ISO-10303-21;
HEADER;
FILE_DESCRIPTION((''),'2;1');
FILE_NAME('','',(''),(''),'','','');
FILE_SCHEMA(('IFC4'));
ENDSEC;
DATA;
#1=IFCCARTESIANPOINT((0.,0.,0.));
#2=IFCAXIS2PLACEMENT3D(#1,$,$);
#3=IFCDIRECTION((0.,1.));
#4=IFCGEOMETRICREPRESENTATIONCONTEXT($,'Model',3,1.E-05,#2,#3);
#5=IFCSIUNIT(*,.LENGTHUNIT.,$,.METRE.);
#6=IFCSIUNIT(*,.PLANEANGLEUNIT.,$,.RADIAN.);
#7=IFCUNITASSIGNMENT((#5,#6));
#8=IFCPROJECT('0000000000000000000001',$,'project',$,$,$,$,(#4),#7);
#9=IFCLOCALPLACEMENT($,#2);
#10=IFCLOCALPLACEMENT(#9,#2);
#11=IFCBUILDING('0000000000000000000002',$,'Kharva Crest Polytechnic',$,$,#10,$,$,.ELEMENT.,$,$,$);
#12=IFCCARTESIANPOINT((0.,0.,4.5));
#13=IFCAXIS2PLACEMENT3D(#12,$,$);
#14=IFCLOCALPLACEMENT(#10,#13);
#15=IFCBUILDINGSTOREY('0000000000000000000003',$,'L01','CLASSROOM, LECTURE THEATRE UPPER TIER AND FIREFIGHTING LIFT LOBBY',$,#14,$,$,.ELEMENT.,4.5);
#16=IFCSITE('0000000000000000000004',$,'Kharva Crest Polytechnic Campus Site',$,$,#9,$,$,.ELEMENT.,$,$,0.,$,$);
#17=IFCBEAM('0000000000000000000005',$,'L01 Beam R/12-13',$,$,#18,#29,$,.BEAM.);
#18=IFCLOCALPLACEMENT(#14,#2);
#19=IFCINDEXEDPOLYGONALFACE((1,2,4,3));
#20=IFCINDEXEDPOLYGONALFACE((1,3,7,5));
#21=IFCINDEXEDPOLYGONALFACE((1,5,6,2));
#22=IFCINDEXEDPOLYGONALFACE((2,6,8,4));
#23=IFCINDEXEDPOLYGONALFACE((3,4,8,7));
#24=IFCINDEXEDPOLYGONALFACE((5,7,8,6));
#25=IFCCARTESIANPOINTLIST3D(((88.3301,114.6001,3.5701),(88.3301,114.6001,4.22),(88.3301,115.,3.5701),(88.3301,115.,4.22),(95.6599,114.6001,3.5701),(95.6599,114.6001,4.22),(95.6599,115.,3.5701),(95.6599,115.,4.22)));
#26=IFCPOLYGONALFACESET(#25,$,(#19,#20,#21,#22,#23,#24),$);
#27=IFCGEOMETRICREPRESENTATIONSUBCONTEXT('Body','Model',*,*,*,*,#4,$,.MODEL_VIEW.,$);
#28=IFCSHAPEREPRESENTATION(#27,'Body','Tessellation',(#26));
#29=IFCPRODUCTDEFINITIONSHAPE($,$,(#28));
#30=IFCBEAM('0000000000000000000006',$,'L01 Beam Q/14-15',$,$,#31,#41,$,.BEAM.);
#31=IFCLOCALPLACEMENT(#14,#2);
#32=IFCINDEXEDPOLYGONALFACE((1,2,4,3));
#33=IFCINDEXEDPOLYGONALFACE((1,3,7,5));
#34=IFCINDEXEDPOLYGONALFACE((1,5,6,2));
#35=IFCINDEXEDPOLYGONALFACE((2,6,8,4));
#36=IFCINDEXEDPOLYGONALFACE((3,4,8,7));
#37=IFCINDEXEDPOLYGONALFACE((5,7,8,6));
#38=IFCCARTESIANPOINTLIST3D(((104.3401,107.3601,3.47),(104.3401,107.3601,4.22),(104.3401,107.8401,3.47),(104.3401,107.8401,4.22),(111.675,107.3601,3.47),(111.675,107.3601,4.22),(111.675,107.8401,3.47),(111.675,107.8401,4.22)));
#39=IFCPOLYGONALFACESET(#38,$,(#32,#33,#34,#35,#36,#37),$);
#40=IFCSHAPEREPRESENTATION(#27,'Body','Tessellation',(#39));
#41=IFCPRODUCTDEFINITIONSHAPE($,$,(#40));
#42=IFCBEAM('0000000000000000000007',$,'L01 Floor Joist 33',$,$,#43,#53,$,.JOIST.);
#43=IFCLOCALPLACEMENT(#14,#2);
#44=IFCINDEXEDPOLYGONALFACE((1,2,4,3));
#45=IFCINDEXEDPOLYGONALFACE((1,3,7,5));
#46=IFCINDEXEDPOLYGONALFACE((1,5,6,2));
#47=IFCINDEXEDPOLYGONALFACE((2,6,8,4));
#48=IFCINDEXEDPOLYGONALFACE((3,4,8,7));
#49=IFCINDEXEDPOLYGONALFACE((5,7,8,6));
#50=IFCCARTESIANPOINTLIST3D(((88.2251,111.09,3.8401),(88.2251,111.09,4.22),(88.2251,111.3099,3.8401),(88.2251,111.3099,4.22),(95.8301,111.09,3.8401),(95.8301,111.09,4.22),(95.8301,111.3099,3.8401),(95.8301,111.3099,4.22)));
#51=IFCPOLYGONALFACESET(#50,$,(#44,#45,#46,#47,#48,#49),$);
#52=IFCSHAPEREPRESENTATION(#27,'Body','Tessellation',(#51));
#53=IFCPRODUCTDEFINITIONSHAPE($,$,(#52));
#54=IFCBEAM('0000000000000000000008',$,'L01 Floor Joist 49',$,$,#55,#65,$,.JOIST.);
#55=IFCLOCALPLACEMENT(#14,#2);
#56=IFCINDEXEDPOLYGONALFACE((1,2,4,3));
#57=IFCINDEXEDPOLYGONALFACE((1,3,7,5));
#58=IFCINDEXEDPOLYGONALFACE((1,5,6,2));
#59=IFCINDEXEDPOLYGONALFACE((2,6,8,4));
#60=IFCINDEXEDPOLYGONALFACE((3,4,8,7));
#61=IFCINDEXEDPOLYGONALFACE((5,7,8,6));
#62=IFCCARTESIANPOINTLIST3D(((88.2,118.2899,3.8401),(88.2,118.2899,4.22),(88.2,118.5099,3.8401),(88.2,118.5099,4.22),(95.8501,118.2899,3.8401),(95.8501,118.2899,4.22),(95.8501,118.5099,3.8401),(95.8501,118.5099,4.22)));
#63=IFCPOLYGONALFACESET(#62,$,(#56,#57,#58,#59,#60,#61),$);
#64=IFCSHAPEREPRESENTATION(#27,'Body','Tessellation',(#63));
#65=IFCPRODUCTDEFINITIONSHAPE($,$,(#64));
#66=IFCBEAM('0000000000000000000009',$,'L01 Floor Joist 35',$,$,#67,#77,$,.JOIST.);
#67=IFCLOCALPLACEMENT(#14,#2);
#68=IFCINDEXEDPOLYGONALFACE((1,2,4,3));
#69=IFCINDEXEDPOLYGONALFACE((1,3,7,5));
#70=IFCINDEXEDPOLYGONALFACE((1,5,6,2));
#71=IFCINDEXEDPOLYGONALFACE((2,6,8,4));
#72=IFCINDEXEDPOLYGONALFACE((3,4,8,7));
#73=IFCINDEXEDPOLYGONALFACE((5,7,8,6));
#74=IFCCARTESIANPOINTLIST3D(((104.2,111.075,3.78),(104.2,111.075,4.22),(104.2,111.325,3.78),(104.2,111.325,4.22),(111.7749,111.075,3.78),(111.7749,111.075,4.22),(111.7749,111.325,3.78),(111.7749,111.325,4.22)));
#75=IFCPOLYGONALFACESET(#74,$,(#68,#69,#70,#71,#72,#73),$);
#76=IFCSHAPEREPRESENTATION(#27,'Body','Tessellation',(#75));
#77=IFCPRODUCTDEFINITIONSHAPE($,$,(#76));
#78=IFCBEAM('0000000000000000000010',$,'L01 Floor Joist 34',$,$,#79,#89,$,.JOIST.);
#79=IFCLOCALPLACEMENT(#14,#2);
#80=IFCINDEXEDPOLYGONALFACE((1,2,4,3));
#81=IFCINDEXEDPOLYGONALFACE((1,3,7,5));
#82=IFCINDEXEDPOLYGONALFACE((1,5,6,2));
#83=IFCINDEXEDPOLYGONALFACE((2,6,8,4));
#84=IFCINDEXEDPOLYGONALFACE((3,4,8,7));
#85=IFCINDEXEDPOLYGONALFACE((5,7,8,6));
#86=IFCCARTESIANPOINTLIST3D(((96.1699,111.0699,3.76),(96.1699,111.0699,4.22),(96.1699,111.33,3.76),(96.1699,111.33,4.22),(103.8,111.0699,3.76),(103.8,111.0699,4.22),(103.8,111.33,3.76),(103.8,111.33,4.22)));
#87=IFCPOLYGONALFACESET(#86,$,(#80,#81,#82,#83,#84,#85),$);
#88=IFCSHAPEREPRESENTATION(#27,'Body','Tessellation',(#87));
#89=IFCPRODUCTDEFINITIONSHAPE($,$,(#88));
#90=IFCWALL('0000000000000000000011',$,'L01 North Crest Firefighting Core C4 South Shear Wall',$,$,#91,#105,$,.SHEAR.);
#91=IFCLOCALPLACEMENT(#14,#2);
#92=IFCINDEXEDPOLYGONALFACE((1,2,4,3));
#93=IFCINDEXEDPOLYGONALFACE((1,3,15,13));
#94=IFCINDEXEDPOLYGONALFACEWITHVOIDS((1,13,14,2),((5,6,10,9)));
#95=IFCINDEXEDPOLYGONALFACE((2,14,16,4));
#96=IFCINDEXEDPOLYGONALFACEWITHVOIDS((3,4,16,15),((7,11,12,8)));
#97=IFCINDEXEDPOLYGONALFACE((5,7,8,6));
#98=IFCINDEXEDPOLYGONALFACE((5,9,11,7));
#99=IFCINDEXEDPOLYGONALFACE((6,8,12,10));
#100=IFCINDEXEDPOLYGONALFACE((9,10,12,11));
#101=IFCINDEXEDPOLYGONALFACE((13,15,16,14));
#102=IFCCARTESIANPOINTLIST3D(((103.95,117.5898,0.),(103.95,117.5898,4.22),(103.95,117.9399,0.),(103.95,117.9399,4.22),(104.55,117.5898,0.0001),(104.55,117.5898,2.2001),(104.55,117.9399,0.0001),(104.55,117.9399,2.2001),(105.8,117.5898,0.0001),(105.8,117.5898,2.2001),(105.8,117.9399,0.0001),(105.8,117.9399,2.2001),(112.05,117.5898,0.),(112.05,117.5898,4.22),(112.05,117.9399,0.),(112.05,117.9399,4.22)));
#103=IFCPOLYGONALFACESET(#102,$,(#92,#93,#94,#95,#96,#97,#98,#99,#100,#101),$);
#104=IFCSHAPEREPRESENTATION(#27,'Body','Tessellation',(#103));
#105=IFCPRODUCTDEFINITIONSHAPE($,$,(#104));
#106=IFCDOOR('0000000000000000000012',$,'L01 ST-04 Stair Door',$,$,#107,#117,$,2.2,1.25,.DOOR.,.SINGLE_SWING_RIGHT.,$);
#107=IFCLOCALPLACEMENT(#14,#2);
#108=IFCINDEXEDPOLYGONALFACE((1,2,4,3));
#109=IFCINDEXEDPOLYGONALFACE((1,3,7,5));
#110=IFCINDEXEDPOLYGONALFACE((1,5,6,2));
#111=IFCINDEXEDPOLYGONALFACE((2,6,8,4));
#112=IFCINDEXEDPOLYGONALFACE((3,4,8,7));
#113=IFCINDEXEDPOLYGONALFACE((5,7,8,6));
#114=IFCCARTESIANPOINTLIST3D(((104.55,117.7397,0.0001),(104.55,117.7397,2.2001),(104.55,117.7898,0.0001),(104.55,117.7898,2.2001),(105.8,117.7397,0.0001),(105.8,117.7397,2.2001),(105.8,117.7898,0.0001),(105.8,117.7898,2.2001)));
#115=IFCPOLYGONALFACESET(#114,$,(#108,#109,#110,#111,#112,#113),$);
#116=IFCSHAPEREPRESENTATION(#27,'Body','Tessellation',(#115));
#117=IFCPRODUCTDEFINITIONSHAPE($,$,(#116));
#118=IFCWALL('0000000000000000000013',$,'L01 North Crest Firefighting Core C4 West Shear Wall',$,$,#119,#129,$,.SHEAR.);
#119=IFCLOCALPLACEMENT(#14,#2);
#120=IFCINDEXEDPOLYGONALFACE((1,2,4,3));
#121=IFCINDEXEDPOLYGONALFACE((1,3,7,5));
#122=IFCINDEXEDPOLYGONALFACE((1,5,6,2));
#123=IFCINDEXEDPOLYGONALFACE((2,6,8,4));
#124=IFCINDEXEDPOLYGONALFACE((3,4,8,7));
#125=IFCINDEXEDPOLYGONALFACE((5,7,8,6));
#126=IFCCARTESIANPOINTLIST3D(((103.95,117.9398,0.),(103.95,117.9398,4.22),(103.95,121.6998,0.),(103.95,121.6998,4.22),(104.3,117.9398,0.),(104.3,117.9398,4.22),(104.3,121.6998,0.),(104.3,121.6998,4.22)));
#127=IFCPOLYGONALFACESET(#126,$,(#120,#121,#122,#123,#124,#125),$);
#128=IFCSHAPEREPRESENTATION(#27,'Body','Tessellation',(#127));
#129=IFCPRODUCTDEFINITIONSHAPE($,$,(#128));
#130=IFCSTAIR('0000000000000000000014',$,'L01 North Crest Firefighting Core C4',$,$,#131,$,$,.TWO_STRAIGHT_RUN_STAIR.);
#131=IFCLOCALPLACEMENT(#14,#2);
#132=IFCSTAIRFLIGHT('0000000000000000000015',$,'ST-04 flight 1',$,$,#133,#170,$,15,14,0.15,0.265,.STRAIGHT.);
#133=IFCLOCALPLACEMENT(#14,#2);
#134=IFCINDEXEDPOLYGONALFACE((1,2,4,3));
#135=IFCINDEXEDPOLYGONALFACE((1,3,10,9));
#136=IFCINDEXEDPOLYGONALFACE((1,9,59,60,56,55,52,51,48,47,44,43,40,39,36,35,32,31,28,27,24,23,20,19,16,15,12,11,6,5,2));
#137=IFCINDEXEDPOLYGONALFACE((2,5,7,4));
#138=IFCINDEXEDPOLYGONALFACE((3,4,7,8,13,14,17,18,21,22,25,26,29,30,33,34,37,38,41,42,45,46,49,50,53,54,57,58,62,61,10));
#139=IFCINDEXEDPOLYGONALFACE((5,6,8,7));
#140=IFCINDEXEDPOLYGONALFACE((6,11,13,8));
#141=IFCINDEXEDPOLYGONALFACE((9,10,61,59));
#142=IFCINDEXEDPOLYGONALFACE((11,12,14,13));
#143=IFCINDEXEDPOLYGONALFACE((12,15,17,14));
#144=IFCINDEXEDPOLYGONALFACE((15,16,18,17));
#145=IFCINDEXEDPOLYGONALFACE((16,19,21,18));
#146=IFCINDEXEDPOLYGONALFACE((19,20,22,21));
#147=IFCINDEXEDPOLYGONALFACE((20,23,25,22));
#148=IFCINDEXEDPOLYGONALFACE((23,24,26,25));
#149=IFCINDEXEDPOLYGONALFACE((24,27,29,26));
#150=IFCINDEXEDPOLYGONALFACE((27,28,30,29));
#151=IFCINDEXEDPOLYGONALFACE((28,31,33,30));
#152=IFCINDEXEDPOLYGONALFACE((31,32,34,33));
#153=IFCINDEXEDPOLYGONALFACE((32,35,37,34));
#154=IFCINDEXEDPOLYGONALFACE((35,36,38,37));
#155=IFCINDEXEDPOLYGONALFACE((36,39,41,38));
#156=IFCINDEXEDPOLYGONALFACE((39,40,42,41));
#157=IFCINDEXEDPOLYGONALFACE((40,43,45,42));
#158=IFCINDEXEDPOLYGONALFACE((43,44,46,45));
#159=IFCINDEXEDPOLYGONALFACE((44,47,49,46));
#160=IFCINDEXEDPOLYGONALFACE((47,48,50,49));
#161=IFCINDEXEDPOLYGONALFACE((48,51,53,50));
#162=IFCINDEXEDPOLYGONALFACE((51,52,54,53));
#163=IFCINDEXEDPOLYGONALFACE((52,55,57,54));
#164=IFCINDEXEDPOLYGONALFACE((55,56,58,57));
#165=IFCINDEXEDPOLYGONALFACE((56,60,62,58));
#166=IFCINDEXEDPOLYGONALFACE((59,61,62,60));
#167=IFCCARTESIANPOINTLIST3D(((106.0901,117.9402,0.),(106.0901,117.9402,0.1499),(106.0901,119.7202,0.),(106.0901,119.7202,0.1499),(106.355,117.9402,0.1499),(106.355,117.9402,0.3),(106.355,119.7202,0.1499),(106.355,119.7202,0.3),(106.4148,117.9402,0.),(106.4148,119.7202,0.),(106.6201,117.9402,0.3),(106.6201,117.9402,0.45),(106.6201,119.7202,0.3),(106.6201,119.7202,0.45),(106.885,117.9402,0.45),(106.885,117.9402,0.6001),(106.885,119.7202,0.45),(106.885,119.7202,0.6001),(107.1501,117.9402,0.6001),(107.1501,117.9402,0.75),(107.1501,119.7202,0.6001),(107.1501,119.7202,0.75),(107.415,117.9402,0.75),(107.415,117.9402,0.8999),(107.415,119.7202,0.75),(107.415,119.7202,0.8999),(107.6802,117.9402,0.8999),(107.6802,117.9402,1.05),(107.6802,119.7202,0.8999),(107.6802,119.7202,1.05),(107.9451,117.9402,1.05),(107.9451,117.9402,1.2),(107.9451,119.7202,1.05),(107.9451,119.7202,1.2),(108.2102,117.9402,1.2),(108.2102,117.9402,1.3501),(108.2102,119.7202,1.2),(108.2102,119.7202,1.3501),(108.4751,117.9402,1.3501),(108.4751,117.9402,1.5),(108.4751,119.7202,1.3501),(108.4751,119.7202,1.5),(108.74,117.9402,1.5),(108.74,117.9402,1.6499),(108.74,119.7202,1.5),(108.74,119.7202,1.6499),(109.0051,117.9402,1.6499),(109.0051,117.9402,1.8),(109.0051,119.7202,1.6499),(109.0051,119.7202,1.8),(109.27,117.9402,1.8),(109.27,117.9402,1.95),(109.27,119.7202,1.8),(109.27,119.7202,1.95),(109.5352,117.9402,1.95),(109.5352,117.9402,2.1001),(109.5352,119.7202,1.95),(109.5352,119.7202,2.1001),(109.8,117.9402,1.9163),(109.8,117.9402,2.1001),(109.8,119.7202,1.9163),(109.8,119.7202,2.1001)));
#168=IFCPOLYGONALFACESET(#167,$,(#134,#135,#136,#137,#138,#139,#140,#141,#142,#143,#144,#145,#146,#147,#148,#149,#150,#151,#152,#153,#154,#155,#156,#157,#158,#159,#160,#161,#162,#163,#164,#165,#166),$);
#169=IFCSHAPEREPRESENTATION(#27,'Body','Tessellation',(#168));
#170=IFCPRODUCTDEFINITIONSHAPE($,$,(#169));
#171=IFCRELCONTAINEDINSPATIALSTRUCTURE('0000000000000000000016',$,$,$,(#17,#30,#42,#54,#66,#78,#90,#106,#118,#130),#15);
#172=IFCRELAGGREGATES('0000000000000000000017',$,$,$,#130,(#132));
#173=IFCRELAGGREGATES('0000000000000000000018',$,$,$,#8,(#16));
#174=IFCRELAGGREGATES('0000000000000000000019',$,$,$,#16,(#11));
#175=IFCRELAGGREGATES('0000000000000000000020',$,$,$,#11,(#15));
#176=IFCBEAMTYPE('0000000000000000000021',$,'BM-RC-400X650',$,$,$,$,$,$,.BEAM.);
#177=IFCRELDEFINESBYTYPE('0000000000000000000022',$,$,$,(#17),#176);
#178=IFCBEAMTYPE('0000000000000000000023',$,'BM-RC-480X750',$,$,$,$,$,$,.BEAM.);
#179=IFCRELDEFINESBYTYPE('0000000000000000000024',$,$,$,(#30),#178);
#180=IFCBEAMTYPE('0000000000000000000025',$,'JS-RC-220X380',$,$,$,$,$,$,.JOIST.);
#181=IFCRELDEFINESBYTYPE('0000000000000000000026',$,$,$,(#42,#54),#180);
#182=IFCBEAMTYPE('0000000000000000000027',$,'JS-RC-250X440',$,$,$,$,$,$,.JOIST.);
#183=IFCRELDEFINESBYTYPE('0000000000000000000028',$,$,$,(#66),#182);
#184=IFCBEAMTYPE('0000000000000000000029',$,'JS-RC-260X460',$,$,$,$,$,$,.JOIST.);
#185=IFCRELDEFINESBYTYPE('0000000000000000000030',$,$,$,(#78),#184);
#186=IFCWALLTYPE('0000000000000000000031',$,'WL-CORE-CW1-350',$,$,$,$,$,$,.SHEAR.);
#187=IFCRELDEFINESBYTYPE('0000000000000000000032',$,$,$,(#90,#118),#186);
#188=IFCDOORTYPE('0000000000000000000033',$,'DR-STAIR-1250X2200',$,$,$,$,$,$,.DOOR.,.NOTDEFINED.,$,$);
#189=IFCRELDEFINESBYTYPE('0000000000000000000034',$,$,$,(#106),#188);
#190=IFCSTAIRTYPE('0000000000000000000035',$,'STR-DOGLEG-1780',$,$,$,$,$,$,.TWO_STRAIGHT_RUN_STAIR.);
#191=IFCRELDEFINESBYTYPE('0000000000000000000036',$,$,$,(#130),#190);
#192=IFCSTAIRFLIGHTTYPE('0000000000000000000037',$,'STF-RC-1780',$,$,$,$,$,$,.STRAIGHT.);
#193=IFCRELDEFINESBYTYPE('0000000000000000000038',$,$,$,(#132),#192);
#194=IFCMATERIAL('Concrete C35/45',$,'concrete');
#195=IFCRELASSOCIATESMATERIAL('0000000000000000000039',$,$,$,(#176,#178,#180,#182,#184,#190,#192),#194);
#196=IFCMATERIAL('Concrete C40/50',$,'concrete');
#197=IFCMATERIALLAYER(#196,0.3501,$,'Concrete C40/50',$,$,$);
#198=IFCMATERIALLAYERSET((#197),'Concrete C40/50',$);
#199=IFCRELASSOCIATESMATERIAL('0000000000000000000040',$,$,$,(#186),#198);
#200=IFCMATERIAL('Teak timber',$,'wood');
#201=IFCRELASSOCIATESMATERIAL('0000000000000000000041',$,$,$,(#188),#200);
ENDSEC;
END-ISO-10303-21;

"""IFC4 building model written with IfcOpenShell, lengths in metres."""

from ifc_helpers import new_model, si_unit, direction, frame, frame_2d, origin, origin_2d, place, context, subcontext, project, spatial, polyline, rectangle, outline, extrude, material, layer, layer_set, material_profile, profile_set, type_object, element, fill, aggregate, save


model = new_model("IFC4")

# Units and contexts
model_context = context("Model", 3, precision=1e-05, world=origin(), true_north=direction((0.0, 1.0)))
body_context = subcontext(model_context, "Body", "Model", "MODEL_VIEW")
ifc_project = project(units=[si_unit("LENGTHUNIT", "METRE"), si_unit("PLANEANGLEUNIT", "RADIAN")], contexts=[model_context])

# Site, building, storey
site_placement = place(None, origin())
site = spatial("IfcSite", under=ifc_project, at=site_placement, Name="Kharva Crest Polytechnic Campus Site", CompositionType="ELEMENT", RefElevation=0.0)
building_placement = place(site_placement, origin())
building = spatial("IfcBuilding", under=site, at=building_placement, Name="Kharva Crest Polytechnic", CompositionType="ELEMENT")
storey_placement = place(building_placement, frame((0.0, 0.0, 4.5)))
storey = spatial("IfcBuildingStorey", under=building, at=storey_placement, Name="L01", Description="CLASSROOM, LECTURE THEATRE UPPER TIER AND FIREFIGHTING LIFT LOBBY", CompositionType="ELEMENT", Elevation=4.5)

# Shared definitions
ifc_material_1 = material(Name="Concrete C40/50", Category="concrete")

# Beams
ifc_material_2 = material(Name="Concrete C35/45", Category="concrete")
ifc_material_profile_1 = material_profile(ifc_material_2, rectangle(XDim=0.3999, YDim=0.6499, at=origin_2d()), Name="RECT 400 X 650")
ifc_profile_set_1 = profile_set([ifc_material_profile_1], Name="Concrete C35/45")
beam_type_1 = type_object("IfcBeamType", Name="BM-RC-400X650", PredefinedType="BEAM", material=ifc_profile_set_1)
beam_1_placement = place(storey_placement, frame((88.3301, 114.8, 3.895), z_axis=(1.0, 0.0, 0.0), x_axis=(0.0, 1.0, 0.0)))
element("IfcBeam", 1, at=beam_1_placement, inside=storey, type_object=beam_type_1, Name="L01 Beam R/12-13", PredefinedType="BEAM", context=body_context, shape_type="SweptSolid", body=[
    extrude(rectangle(XDim=0.3999, YDim=0.6499, at=origin_2d()), origin(), (0.0, 0.0, 1.0), 7.3298),
])
ifc_material_profile_2 = material_profile(ifc_material_2, rectangle(XDim=0.48, YDim=0.75, at=origin_2d()), Name="RECT 480 X 750")
ifc_profile_set_2 = profile_set([ifc_material_profile_2], Name="Concrete C35/45")
beam_type_2 = type_object("IfcBeamType", Name="BM-RC-480X750", PredefinedType="BEAM", material=ifc_profile_set_2)
beam_2_placement = place(storey_placement, frame((104.3401, 107.6001, 3.845), z_axis=(1.0, 0.0, 0.0), x_axis=(0.0, 1.0, 0.0)))
element("IfcBeam", 2, at=beam_2_placement, inside=storey, type_object=beam_type_2, Name="L01 Beam Q/14-15", PredefinedType="BEAM", context=body_context, shape_type="SweptSolid", body=[
    extrude(rectangle(XDim=0.48, YDim=0.75, at=origin_2d()), origin(), (0.0, 0.0, 1.0), 7.335),
])
ifc_material_profile_3 = material_profile(ifc_material_2, rectangle(XDim=0.22, YDim=0.3799, at=origin_2d()), Name="RECT 220 X 380")
ifc_profile_set_3 = profile_set([ifc_material_profile_3], Name="Concrete C35/45")
beam_type_3 = type_object("IfcBeamType", Name="JS-RC-220X380", PredefinedType="JOIST", material=ifc_profile_set_3)
beam_3_placement = place(storey_placement, frame((88.2251, 111.2, 4.03), z_axis=(1.0, 0.0, 0.0), x_axis=(0.0, 1.0, 0.0)))
element("IfcBeam", 3, at=beam_3_placement, inside=storey, type_object=beam_type_3, Name="L01 Floor Joist 33", PredefinedType="JOIST", context=body_context, shape_type="SweptSolid", body=[
    extrude(rectangle(XDim=0.22, YDim=0.3799, at=origin_2d()), origin(), (0.0, 0.0, 1.0), 7.605),
])
beam_4_placement = place(storey_placement, frame((88.2, 118.3999, 4.03), z_axis=(1.0, 0.0, 0.0), x_axis=(0.0, 1.0, 0.0)))
element("IfcBeam", 4, at=beam_4_placement, inside=storey, type_object=beam_type_3, Name="L01 Floor Joist 49", PredefinedType="JOIST", context=body_context, shape_type="SweptSolid", body=[
    extrude(rectangle(XDim=0.22, YDim=0.3799, at=origin_2d()), origin(), (0.0, 0.0, 1.0), 7.6501),
])
ifc_material_profile_4 = material_profile(ifc_material_2, rectangle(XDim=0.25, YDim=0.4399, at=origin_2d()), Name="RECT 250 X 440")
ifc_profile_set_4 = profile_set([ifc_material_profile_4], Name="Concrete C35/45")
beam_type_4 = type_object("IfcBeamType", Name="JS-RC-250X440", PredefinedType="JOIST", material=ifc_profile_set_4)
beam_5_placement = place(storey_placement, frame((104.2, 111.2, 4.0), z_axis=(1.0, 0.0, 0.0), x_axis=(0.0, 1.0, 0.0)))
element("IfcBeam", 5, at=beam_5_placement, inside=storey, type_object=beam_type_4, Name="L01 Floor Joist 35", PredefinedType="JOIST", context=body_context, shape_type="SweptSolid", body=[
    extrude(rectangle(XDim=0.25, YDim=0.4399, at=origin_2d()), origin(), (0.0, 0.0, 1.0), 7.575),
])
ifc_material_profile_5 = material_profile(ifc_material_2, rectangle(XDim=0.26, YDim=0.46, at=origin_2d()), Name="RECT 260 X 460")
ifc_profile_set_5 = profile_set([ifc_material_profile_5], Name="Concrete C35/45")
beam_type_5 = type_object("IfcBeamType", Name="JS-RC-260X460", PredefinedType="JOIST", material=ifc_profile_set_5)
beam_6_placement = place(storey_placement, frame((96.1699, 111.2, 3.99), z_axis=(1.0, 0.0, 0.0), x_axis=(0.0, 1.0, 0.0)))
element("IfcBeam", 6, at=beam_6_placement, inside=storey, type_object=beam_type_5, Name="L01 Floor Joist 34", PredefinedType="JOIST", context=body_context, shape_type="SweptSolid", body=[
    extrude(rectangle(XDim=0.26, YDim=0.46, at=origin_2d()), origin(), (0.0, 0.0, 1.0), 7.6301),
])

# Wall, opening, door
ifc_layer = layer(ifc_material_1, 0.3501, Name="Concrete C40/50")
ifc_layer_set = layer_set([ifc_layer], Name="Concrete C40/50")
wall_type = type_object("IfcWallType", Name="WL-CORE-CW1-350", PredefinedType="SHEAR", material=ifc_layer_set)
wall_1_placement = place(storey_placement, frame((103.95, 117.7649, 0.0), z_axis=(0.0, 0.0, 1.0), x_axis=(1.0, 0.0, 0.0)))
wall_1 = element("IfcWall", 7, at=wall_1_placement, inside=storey, type_object=wall_type, Name="L01 North Crest Firefighting Core C4 South Shear Wall", PredefinedType="SHEAR", context=body_context, shape_type="SweptSolid", body=[
    extrude(rectangle(XDim=8.1001, YDim=0.3501, at=frame_2d((4.05, 0.0))), origin(), (0.0, 0.0, 1.0), 4.22),
])
opening_placement = place(wall_1_placement, frame((0.6001, 0.0, 0.0)))
opening = element("IfcOpeningElement", 8, at=opening_placement, cuts=wall_1, PredefinedType="OPENING", context=body_context, shape_type="SweptSolid", body=[
    extrude(rectangle(XDim=1.25, YDim=2.2, at=frame_2d((0.625, 1.1001))), frame((0.0, 0.1851, 0.0), z_axis=(0.0, -1.0, 0.0), x_axis=(1.0, 0.0, 0.0)), (0.0, 0.0, 1.0), 0.3701),
])
ifc_material_3 = material(Name="Teak timber", Category="wood")
door_type = type_object("IfcDoorType", Name="DR-STAIR-1250X2200", OperationType="NOTDEFINED", PredefinedType="DOOR", material=ifc_material_3)
door_placement = place(opening_placement, origin())
door = element("IfcDoor", 9, at=door_placement, inside=storey, type_object=door_type, Name="L01 ST-04 Stair Door", OperationType="SINGLE_SWING_RIGHT", OverallHeight=2.2, OverallWidth=1.25, PredefinedType="DOOR", context=body_context, shape_type="SweptSolid", body=[
    extrude(rectangle(XDim=1.25, YDim=2.2, at=frame_2d((0.625, 1.1001))), frame((0.0, 0.0249, 0.0), z_axis=(0.0, -1.0, 0.0), x_axis=(1.0, 0.0, 0.0)), (0.0, 0.0, 1.0), 0.05),
])
fill(opening, door)

# Wall
wall_2_placement = place(storey_placement, frame((104.125, 117.9399, 0.0), z_axis=(0.0, 0.0, 1.0), x_axis=(0.0, 1.0, 0.0)))
element("IfcWall", 10, at=wall_2_placement, inside=storey, type_object=wall_type, Name="L01 North Crest Firefighting Core C4 West Shear Wall", PredefinedType="SHEAR", context=body_context, shape_type="SweptSolid", body=[
    extrude(rectangle(XDim=3.76, YDim=0.3501, at=frame_2d((1.8799, 0.0))), origin(), (0.0, 0.0, 1.0), 4.22),
])

# Stair, stair flight
stair_type = type_object("IfcStairType", Name="STR-DOGLEG-1780", PredefinedType="TWO_STRAIGHT_RUN_STAIR", material=ifc_material_2)
stair_placement = place(storey_placement, origin())
stair = element("IfcStair", 11, at=stair_placement, inside=storey, type_object=stair_type, Name="L01 North Crest Firefighting Core C4", PredefinedType="TWO_STRAIGHT_RUN_STAIR")
stair_flight_type = type_object("IfcStairFlightType", Name="STF-RC-1780", PredefinedType="STRAIGHT", material=ifc_material_2)
stair_flight_placement = place(storey_placement, frame((106.0901, 118.8301, 0.0), z_axis=(0.0, 0.0, 1.0), x_axis=(1.0, 0.0, 0.0)))
stair_flight = element("IfcStairFlight", 12, at=stair_flight_placement, type_object=stair_flight_type, Name="ST-04 flight 1", NumberOfRisers=15, NumberOfTreads=14, PredefinedType="STRAIGHT", RiserHeight=0.15, TreadLength=0.265, context=body_context, shape_type="SweptSolid", body=[
    extrude(outline(polyline([(0.0, 0.0), (0.0, 0.1499), (0.2649, 0.1499), (0.2649, 0.3), (0.53, 0.3), (0.53, 0.45), (0.7949, 0.45), (0.7949, 0.6001), (1.0601, 0.6001), (1.0601, 0.75), (1.325, 0.75), (1.325, 0.8999), (1.5901, 0.8999), (1.5901, 1.05), (1.855, 1.05), (1.855, 1.2), (2.1201, 1.2), (2.1201, 1.3501), (2.385, 1.3501), (2.385, 1.5), (2.6499, 1.5), (2.6499, 1.6499), (2.915, 1.6499), (2.915, 1.8), (3.1799, 1.8), (3.1799, 1.95), (3.4451, 1.95), (3.4451, 2.1001), (3.71, 2.1001), (3.71, 2.25), (3.71, 1.9163), (0.3247, 0.0), (0.0, 0.0)])), frame((0.0, 0.8901, 0.0), z_axis=(0.0, -1.0, 0.0), x_axis=(1.0, 0.0, 0.0)), (0.0, 0.0, 1.0), 1.78),
])
aggregate(stair, [stair_flight])

save(model, "model.ifc")
